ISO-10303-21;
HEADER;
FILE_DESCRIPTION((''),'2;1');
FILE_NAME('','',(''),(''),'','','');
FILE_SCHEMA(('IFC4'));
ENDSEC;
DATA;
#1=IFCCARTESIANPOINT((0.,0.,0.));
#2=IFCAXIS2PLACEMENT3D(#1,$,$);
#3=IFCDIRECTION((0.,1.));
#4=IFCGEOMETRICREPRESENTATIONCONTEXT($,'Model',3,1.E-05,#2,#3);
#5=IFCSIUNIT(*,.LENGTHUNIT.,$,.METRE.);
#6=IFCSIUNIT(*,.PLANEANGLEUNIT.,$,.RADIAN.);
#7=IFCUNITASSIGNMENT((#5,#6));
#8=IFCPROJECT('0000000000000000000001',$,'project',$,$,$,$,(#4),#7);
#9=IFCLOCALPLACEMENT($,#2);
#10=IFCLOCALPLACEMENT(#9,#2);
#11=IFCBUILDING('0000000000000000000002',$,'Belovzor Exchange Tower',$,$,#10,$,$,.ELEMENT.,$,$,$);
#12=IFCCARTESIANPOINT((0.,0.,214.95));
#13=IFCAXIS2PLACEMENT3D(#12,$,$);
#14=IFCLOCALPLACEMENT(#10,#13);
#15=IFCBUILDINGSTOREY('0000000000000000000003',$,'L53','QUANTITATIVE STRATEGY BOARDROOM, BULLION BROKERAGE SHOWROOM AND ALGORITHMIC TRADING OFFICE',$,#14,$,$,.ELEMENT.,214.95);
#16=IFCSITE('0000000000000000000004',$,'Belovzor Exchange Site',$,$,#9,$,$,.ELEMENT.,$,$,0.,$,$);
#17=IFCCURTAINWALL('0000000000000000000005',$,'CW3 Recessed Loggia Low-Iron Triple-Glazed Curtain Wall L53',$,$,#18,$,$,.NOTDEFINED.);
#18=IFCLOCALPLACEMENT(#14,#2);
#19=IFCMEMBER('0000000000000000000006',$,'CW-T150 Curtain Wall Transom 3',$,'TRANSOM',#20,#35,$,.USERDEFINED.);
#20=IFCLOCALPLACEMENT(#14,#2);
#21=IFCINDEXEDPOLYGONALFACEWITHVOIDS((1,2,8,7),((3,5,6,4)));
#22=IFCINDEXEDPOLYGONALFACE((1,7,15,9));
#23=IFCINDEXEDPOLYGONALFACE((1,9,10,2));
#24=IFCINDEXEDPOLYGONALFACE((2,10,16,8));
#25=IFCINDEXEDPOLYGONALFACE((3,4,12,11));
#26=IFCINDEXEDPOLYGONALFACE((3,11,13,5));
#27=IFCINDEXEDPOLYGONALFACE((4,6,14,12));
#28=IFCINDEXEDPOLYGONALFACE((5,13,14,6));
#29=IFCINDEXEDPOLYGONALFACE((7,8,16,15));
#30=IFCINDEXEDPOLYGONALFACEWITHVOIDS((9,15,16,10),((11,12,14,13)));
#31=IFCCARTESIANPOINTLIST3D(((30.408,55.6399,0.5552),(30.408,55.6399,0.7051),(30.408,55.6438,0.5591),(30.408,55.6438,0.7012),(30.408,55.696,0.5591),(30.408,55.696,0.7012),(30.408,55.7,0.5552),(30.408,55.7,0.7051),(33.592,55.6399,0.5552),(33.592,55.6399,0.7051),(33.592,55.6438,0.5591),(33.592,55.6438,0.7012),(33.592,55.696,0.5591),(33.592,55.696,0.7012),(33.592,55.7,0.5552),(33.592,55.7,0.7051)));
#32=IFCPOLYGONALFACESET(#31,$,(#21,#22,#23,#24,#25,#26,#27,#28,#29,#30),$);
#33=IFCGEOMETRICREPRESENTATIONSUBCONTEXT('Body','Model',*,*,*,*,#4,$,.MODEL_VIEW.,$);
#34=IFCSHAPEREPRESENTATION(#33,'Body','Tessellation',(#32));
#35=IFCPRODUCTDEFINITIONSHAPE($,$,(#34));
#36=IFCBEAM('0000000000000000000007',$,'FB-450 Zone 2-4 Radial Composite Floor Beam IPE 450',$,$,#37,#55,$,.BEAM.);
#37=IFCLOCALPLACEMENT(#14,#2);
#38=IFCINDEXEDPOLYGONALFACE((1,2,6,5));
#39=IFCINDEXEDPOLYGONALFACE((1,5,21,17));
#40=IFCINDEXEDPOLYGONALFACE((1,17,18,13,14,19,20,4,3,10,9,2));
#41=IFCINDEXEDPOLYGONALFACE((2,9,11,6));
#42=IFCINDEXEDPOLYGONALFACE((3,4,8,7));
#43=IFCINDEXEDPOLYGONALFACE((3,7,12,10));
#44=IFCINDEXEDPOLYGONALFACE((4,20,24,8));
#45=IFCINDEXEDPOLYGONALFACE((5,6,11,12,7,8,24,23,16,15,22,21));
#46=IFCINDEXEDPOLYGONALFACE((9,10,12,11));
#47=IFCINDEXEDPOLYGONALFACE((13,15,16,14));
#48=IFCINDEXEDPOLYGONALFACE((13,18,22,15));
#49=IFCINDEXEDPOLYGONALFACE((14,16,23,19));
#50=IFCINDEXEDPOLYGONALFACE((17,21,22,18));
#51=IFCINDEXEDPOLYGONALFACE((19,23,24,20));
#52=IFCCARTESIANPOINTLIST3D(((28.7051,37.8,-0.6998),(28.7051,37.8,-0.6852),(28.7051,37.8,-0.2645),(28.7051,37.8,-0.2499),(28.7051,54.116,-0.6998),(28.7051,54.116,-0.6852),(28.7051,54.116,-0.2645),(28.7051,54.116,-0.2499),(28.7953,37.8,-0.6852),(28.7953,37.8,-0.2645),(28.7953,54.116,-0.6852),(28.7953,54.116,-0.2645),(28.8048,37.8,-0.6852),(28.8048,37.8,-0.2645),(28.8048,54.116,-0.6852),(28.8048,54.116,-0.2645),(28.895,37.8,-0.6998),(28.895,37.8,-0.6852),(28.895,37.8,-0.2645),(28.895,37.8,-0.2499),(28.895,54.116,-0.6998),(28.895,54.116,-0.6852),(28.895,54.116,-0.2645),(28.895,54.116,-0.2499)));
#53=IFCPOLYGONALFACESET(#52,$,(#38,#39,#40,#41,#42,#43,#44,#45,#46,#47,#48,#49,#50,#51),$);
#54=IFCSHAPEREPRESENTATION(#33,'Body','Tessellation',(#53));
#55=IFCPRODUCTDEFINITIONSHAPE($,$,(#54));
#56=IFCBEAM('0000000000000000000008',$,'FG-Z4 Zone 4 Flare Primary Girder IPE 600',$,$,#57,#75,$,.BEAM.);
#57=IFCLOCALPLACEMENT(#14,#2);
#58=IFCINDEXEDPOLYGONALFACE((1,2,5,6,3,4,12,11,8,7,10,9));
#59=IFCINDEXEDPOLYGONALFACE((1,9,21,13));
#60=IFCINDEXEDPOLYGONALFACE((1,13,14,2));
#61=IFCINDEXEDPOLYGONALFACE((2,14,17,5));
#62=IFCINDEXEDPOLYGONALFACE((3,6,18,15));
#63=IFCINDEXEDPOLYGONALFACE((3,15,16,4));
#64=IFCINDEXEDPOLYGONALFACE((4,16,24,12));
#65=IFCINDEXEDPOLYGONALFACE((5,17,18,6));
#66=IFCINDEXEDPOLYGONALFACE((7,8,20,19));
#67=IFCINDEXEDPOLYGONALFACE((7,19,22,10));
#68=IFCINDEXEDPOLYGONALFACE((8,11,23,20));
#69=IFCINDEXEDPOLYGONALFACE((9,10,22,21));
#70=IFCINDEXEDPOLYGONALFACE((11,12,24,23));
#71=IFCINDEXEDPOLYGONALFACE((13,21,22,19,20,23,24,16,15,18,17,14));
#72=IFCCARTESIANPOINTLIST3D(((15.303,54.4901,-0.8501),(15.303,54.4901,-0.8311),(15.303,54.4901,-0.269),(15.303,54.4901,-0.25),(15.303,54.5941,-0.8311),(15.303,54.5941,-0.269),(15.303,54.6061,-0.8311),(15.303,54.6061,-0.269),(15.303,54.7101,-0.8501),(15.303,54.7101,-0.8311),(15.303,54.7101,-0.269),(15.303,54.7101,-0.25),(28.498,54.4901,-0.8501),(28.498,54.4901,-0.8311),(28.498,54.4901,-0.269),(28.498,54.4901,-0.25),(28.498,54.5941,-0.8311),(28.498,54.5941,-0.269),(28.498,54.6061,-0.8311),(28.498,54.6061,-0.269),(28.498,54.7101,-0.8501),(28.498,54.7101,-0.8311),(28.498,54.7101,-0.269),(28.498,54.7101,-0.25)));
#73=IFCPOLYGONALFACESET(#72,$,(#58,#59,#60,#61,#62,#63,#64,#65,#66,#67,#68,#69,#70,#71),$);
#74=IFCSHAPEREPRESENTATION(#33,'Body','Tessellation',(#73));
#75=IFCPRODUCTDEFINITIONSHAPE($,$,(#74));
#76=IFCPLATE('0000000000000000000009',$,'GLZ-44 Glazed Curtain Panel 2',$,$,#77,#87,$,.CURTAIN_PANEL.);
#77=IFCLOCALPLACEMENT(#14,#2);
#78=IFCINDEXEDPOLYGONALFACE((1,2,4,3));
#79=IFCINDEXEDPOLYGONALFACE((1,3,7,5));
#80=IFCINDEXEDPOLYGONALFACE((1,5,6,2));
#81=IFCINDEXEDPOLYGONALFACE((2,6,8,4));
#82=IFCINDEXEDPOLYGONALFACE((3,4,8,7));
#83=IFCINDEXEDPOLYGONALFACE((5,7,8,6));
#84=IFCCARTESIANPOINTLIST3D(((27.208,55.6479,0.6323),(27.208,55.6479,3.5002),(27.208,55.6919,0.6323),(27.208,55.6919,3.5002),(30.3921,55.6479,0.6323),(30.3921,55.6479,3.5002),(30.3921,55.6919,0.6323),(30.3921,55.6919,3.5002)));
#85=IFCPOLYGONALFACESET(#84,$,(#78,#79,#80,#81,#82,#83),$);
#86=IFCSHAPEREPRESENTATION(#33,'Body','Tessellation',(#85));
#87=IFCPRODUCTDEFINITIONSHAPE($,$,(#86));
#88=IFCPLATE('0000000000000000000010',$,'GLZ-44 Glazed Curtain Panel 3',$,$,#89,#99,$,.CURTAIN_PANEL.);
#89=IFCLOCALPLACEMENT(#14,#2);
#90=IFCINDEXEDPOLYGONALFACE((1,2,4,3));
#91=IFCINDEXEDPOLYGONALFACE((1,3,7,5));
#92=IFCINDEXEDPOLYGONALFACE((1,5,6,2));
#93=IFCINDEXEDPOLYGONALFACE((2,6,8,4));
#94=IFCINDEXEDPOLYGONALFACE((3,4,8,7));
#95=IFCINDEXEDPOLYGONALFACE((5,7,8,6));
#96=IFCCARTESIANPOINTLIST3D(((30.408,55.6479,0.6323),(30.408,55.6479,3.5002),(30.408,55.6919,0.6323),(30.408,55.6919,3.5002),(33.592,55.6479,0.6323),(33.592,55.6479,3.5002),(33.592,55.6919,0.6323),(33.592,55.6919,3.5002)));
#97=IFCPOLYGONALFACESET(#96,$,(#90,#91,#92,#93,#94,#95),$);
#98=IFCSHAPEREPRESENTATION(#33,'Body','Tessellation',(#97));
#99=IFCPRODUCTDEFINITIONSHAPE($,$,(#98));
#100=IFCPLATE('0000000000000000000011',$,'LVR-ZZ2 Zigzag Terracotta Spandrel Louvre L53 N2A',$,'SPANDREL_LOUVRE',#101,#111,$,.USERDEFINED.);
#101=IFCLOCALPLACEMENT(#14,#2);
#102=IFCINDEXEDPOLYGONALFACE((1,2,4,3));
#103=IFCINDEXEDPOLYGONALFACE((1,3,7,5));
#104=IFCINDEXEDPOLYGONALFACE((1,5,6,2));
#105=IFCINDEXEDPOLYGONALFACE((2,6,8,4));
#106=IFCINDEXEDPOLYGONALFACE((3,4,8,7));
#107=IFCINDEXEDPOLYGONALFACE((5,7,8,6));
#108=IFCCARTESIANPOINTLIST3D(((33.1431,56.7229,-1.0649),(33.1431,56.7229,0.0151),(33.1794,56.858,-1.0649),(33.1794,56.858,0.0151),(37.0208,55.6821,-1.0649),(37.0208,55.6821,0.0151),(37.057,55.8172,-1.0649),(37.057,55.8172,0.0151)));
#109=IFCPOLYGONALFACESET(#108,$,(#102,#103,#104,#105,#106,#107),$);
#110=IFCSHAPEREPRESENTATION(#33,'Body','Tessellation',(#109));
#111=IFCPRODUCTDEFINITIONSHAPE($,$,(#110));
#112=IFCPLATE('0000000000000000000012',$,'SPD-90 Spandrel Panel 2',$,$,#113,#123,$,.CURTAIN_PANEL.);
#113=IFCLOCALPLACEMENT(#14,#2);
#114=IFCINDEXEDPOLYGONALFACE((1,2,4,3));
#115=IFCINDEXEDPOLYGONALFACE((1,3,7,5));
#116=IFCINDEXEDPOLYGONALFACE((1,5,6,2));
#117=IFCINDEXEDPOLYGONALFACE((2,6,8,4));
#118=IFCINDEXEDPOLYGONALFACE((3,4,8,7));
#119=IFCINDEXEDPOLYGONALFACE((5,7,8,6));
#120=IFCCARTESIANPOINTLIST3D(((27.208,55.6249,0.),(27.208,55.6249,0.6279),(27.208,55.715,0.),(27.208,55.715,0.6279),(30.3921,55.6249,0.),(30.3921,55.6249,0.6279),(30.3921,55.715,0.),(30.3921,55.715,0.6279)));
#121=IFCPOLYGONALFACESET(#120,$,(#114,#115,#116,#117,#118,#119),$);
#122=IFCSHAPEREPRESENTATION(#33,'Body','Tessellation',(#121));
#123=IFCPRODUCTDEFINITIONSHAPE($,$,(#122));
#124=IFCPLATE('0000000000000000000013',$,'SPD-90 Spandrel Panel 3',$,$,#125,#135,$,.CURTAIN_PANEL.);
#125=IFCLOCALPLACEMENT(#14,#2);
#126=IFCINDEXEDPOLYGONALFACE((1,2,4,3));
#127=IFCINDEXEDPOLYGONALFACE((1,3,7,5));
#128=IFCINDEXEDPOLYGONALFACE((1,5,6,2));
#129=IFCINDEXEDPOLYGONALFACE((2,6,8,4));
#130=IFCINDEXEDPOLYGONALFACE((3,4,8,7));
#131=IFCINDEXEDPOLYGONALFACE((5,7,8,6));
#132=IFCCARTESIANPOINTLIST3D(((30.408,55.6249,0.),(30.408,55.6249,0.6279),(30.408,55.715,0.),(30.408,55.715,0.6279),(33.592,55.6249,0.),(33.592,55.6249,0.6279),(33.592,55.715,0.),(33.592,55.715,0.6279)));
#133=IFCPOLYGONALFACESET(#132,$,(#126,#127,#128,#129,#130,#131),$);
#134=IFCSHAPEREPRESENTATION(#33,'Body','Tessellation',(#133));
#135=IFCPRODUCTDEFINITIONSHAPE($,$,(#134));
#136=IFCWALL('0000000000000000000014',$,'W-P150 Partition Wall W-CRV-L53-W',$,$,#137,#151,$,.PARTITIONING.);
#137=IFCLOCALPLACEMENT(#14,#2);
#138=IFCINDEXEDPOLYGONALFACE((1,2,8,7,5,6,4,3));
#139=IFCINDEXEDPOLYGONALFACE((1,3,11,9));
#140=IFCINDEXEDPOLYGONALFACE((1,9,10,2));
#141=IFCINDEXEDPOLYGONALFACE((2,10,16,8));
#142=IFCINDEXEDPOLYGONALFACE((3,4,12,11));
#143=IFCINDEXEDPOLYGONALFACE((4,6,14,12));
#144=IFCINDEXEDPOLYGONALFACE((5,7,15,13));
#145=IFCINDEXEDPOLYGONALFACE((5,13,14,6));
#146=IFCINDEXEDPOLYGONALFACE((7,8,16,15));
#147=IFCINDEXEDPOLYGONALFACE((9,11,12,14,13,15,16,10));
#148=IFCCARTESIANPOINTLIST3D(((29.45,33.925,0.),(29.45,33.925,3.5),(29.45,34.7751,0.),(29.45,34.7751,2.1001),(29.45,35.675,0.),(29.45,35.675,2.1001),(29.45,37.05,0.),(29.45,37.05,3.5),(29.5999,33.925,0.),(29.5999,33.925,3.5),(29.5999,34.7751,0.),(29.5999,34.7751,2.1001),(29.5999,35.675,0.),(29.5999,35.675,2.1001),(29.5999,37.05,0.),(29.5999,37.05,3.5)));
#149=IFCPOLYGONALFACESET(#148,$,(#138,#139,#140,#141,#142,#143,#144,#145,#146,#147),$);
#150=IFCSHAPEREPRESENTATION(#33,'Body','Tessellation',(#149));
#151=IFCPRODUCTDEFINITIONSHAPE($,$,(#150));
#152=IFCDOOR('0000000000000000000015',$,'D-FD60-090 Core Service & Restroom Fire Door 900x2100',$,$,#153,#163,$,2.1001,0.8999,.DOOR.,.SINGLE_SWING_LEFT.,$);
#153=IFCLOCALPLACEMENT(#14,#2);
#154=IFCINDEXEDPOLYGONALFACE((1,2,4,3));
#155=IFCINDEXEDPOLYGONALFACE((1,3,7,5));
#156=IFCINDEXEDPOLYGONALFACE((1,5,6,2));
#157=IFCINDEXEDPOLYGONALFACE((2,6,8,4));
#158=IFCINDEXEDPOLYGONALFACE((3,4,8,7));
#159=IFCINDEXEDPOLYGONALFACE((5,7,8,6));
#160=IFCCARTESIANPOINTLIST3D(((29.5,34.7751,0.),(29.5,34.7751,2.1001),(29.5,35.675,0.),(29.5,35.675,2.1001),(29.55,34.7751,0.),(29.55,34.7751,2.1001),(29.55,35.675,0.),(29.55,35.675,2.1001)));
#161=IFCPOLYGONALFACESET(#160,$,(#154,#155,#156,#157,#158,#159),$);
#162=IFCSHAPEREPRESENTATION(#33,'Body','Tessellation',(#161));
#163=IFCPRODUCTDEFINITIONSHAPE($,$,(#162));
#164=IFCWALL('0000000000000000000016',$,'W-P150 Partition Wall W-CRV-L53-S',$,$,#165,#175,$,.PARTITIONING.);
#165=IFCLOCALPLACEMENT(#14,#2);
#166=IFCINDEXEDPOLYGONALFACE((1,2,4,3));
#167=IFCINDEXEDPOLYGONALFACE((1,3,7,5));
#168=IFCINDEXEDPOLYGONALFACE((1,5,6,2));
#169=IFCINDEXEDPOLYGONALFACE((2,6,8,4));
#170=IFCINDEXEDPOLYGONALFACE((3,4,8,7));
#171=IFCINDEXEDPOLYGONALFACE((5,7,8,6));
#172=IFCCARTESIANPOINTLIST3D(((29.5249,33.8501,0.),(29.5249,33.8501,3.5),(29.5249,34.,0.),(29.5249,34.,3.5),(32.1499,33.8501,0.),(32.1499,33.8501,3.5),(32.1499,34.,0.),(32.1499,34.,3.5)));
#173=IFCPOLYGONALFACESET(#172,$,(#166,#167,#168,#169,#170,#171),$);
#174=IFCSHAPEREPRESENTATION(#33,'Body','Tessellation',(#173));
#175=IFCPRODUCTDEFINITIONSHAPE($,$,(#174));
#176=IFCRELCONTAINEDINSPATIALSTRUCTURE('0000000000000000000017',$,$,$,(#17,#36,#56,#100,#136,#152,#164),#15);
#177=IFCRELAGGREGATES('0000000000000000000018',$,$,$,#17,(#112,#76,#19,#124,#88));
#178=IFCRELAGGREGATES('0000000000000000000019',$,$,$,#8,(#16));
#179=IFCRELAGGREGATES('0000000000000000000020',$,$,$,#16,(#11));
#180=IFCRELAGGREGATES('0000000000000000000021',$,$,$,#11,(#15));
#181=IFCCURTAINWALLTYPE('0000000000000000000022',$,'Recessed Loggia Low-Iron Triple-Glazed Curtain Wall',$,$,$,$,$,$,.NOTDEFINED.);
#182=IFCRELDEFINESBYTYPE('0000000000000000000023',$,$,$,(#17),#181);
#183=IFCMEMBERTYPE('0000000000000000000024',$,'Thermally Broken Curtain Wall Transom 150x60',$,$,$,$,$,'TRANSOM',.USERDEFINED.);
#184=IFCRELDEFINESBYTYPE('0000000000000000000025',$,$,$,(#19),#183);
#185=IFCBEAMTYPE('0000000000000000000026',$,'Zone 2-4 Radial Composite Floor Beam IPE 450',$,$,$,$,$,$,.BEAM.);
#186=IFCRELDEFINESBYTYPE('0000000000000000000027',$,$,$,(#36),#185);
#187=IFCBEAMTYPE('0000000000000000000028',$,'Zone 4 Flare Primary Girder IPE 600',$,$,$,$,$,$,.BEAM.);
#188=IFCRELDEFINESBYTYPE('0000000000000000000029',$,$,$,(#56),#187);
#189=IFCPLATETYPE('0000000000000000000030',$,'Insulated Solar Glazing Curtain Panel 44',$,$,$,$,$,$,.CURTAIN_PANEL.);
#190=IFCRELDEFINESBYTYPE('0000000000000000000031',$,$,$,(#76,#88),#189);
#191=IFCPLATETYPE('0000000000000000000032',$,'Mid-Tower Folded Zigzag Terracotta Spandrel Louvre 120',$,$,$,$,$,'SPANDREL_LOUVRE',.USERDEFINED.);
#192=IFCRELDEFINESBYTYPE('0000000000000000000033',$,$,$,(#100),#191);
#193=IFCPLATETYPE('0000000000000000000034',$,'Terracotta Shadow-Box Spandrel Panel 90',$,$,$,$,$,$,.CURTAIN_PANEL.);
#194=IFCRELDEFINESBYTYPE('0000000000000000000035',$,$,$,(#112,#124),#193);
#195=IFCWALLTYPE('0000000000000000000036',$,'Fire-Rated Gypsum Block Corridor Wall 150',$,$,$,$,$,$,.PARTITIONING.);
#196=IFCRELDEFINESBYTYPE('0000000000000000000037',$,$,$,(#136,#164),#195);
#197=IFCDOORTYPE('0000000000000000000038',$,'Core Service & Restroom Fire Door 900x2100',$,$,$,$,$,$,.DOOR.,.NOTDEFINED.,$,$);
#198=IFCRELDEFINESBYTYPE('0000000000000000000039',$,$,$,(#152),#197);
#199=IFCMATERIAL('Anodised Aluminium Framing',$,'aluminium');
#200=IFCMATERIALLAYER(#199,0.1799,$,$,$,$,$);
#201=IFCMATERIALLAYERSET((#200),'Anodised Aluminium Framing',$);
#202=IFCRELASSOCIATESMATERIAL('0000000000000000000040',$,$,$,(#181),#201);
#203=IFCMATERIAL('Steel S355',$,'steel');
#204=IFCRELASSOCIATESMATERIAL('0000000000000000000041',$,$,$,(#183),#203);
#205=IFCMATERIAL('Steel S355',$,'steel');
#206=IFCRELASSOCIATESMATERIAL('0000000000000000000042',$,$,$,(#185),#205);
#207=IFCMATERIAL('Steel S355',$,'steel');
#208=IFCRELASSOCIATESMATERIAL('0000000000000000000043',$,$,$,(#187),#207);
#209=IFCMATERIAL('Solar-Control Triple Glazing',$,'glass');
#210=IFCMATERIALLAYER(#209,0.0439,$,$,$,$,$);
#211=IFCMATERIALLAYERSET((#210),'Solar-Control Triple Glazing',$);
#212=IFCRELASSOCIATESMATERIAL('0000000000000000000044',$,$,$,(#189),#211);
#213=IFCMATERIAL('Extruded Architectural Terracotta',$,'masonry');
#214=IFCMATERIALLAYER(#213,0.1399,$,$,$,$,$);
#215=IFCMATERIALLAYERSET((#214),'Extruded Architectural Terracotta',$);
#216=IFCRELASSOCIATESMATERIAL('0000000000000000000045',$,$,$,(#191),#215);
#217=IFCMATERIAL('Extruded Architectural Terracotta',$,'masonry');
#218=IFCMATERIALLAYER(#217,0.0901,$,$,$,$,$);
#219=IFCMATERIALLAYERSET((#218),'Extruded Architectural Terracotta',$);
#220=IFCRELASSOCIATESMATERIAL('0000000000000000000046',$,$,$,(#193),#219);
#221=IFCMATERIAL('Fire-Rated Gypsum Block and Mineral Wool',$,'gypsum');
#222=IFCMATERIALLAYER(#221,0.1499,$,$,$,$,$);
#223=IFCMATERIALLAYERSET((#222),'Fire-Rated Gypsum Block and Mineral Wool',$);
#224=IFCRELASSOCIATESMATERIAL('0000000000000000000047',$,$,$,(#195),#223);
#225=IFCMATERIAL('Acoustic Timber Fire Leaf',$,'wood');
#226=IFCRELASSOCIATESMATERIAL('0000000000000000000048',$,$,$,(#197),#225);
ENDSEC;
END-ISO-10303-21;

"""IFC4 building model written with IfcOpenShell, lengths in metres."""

from ifc_helpers import new_model, si_unit, direction, frame, frame_2d, origin, origin_2d, place, context, subcontext, project, spatial, rectangle, hollow_rectangle, i_section, extrude, material, layer, layer_set, material_profile, profile_set, type_object, element, fill, aggregate, save


model = new_model("IFC4")

# Units and contexts
model_context = context("Model", 3, precision=1e-05, world=origin(), true_north=direction((0.0, 1.0)))
body_context = subcontext(model_context, "Body", "Model", "MODEL_VIEW")
ifc_project = project(units=[si_unit("LENGTHUNIT", "METRE"), si_unit("PLANEANGLEUNIT", "RADIAN")], contexts=[model_context])

# Site, building, storey
site_placement = place(None, origin())
site = spatial("IfcSite", under=ifc_project, at=site_placement, Name="Belovzor Exchange Site", CompositionType="ELEMENT", RefElevation=0.0)
building_placement = place(site_placement, origin())
building = spatial("IfcBuilding", under=site, at=building_placement, Name="Belovzor Exchange Tower", CompositionType="ELEMENT")
storey_placement = place(building_placement, frame((0.0, 0.0, 214.95)))
storey = spatial("IfcBuildingStorey", under=building, at=storey_placement, Name="L53", Description="QUANTITATIVE STRATEGY BOARDROOM, BULLION BROKERAGE SHOWROOM AND ALGORITHMIC TRADING OFFICE", CompositionType="ELEMENT", Elevation=214.95)

# Curtain wall, member
ifc_material_1 = material(Name="Anodised Aluminium Framing", Category="aluminium")
ifc_layer_1 = layer(ifc_material_1, 0.1799)
ifc_layer_set_1 = layer_set([ifc_layer_1], Name="Anodised Aluminium Framing")
curtain_wall_type = type_object("IfcCurtainWallType", Name="Recessed Loggia Low-Iron Triple-Glazed Curtain Wall", PredefinedType="NOTDEFINED", material=ifc_layer_set_1)
curtain_wall_placement = place(storey_placement, origin())
curtain_wall = element("IfcCurtainWall", 1, at=curtain_wall_placement, inside=storey, type_object=curtain_wall_type, Name="CW3 Recessed Loggia Low-Iron Triple-Glazed Curtain Wall L53", PredefinedType="NOTDEFINED")
ifc_material_2 = material(Name="Steel S355", Category="steel")
ifc_material_profile_1 = material_profile(ifc_material_2, hollow_rectangle(XDim=0.0601, YDim=0.1499, WallThickness=0.0039, at=origin_2d()))
ifc_profile_set_1 = profile_set([ifc_material_profile_1], Name="Steel S355")
member_type_1 = type_object("IfcMemberType", Name="Thermally Broken Curtain Wall Transom 150x60", ElementType="TRANSOM", PredefinedType="USERDEFINED", material=ifc_profile_set_1)
member_1_placement = place(storey_placement, frame((30.408, 55.6699, 0.6301), z_axis=(1.0, 0.0, 0.0), x_axis=(0.0, 1.0, 0.0)))
member_1 = element("IfcMember", 2, at=member_1_placement, type_object=member_type_1, Name="CW-T150 Curtain Wall Transom 3", ObjectType="TRANSOM", PredefinedType="USERDEFINED", context=body_context, shape_type="SweptSolid", body=[
    extrude(hollow_rectangle(XDim=0.0601, YDim=0.1499, WallThickness=0.0039, at=origin_2d()), origin(), (0.0, 0.0, 1.0), 3.1841),
])

# Beams
ifc_material_3 = material(Name="Steel S355", Category="steel")
ifc_material_profile_2 = material_profile(ifc_material_3, i_section(OverallWidth=0.1899, OverallDepth=0.45, WebThickness=0.0095, FlangeThickness=0.0146, at=origin_2d()))
ifc_profile_set_2 = profile_set([ifc_material_profile_2], Name="Steel S355")
beam_type_1 = type_object("IfcBeamType", Name="Zone 2-4 Radial Composite Floor Beam IPE 450", PredefinedType="BEAM", material=ifc_profile_set_2)
beam_1_placement = place(storey_placement, frame((28.8, 37.8, -0.4749), z_axis=(0.0, 1.0, 0.0), x_axis=(-1.0, 0.0, 0.0)))
element("IfcBeam", 3, at=beam_1_placement, inside=storey, type_object=beam_type_1, Name="FB-450 Zone 2-4 Radial Composite Floor Beam IPE 450", PredefinedType="BEAM", context=body_context, shape_type="SweptSolid", body=[
    extrude(i_section(OverallWidth=0.1899, OverallDepth=0.45, WebThickness=0.0095, FlangeThickness=0.0146, at=origin_2d()), origin(), (0.0, 0.0, 1.0), 16.3159),
])
ifc_material_4 = material(Name="Steel S355", Category="steel")
ifc_material_profile_3 = material_profile(ifc_material_4, i_section(OverallWidth=0.22, OverallDepth=0.6001, WebThickness=0.012, FlangeThickness=0.019, at=origin_2d()))
ifc_profile_set_3 = profile_set([ifc_material_profile_3], Name="Steel S355")
beam_type_2 = type_object("IfcBeamType", Name="Zone 4 Flare Primary Girder IPE 600", PredefinedType="BEAM", material=ifc_profile_set_3)
beam_2_placement = place(storey_placement, frame((28.498, 54.6001, -0.55), z_axis=(-1.0, 0.0, 0.0), x_axis=(0.0, -1.0, 0.0)))
element("IfcBeam", 4, at=beam_2_placement, inside=storey, type_object=beam_type_2, Name="FG-Z4 Zone 4 Flare Primary Girder IPE 600", PredefinedType="BEAM", context=body_context, shape_type="SweptSolid", body=[
    extrude(i_section(OverallWidth=0.22, OverallDepth=0.6001, WebThickness=0.012, FlangeThickness=0.019, at=origin_2d()), origin(), (0.0, 0.0, 1.0), 13.1951),
])

# Plates
ifc_material_5 = material(Name="Solar-Control Triple Glazing", Category="glass")
ifc_layer_2 = layer(ifc_material_5, 0.0439)
ifc_layer_set_2 = layer_set([ifc_layer_2], Name="Solar-Control Triple Glazing")
plate_type_1 = type_object("IfcPlateType", Name="Insulated Solar Glazing Curtain Panel 44", PredefinedType="CURTAIN_PANEL", material=ifc_layer_set_2)
plate_1_placement = place(storey_placement, frame((28.8, 55.6699, 0.6323), z_axis=(0.0, 0.0, 1.0), x_axis=(1.0, 0.0, 0.0)))
plate_1 = element("IfcPlate", 5, at=plate_1_placement, type_object=plate_type_1, Name="GLZ-44 Glazed Curtain Panel 2", PredefinedType="CURTAIN_PANEL", context=body_context, shape_type="SweptSolid", body=[
    extrude(rectangle(XDim=3.1841, YDim=0.0439, at=origin_2d()), origin(), (0.0, 0.0, 1.0), 2.8679),
])
plate_2_placement = place(storey_placement, frame((32.0, 55.6699, 0.6323), z_axis=(0.0, 0.0, 1.0), x_axis=(1.0, 0.0, 0.0)))
plate_2 = element("IfcPlate", 6, at=plate_2_placement, type_object=plate_type_1, Name="GLZ-44 Glazed Curtain Panel 3", PredefinedType="CURTAIN_PANEL", context=body_context, shape_type="SweptSolid", body=[
    extrude(rectangle(XDim=3.1841, YDim=0.0439, at=origin_2d()), origin(), (0.0, 0.0, 1.0), 2.8679),
])
ifc_material_6 = material(Name="Extruded Architectural Terracotta", Category="masonry")
ifc_layer_3 = layer(ifc_material_6, 0.1399)
ifc_layer_set_3 = layer_set([ifc_layer_3], Name="Extruded Architectural Terracotta")
plate_type_2 = type_object("IfcPlateType", Name="Mid-Tower Folded Zigzag Terracotta Spandrel Louvre 120", ElementType="SPANDREL_LOUVRE", PredefinedType="USERDEFINED", material=ifc_layer_set_3)
plate_3_placement = place(storey_placement, frame((35.1001, 56.27, -1.0649), z_axis=(0.0, 0.0, 1.0), x_axis=(0.965813, -0.25924, 0.0)))
element("IfcPlate", 7, at=plate_3_placement, inside=storey, type_object=plate_type_2, Name="LVR-ZZ2 Zigzag Terracotta Spandrel Louvre L53 N2A", ObjectType="SPANDREL_LOUVRE", PredefinedType="USERDEFINED", context=body_context, shape_type="SweptSolid", body=[
    extrude(rectangle(XDim=4.0149, YDim=0.1399, at=origin_2d()), origin(), (0.0, 0.0, 1.0), 1.0801),
])
ifc_material_7 = material(Name="Extruded Architectural Terracotta", Category="masonry")
ifc_layer_4 = layer(ifc_material_7, 0.0901)
ifc_layer_set_4 = layer_set([ifc_layer_4], Name="Extruded Architectural Terracotta")
plate_type_3 = type_object("IfcPlateType", Name="Terracotta Shadow-Box Spandrel Panel 90", PredefinedType="CURTAIN_PANEL", material=ifc_layer_set_4)
plate_4_placement = place(storey_placement, frame((28.8, 55.6699, 0.0), z_axis=(0.0, 0.0, 1.0), x_axis=(1.0, 0.0, 0.0)))
plate_4 = element("IfcPlate", 8, at=plate_4_placement, type_object=plate_type_3, Name="SPD-90 Spandrel Panel 2", PredefinedType="CURTAIN_PANEL", context=body_context, shape_type="SweptSolid", body=[
    extrude(rectangle(XDim=3.1841, YDim=0.0901, at=origin_2d()), origin(), (0.0, 0.0, 1.0), 0.6279),
])
plate_5_placement = place(storey_placement, frame((32.0, 55.6699, 0.0), z_axis=(0.0, 0.0, 1.0), x_axis=(1.0, 0.0, 0.0)))
plate_5 = element("IfcPlate", 9, at=plate_5_placement, type_object=plate_type_3, Name="SPD-90 Spandrel Panel 3", PredefinedType="CURTAIN_PANEL", context=body_context, shape_type="SweptSolid", body=[
    extrude(rectangle(XDim=3.1841, YDim=0.0901, at=origin_2d()), origin(), (0.0, 0.0, 1.0), 0.6279),
])
aggregate(curtain_wall, [plate_4, plate_1, member_1, plate_5, plate_2])

# Wall, opening, door
ifc_material_8 = material(Name="Fire-Rated Gypsum Block and Mineral Wool", Category="gypsum")
ifc_layer_5 = layer(ifc_material_8, 0.1499)
ifc_layer_set_5 = layer_set([ifc_layer_5], Name="Fire-Rated Gypsum Block and Mineral Wool")
wall_type_1 = type_object("IfcWallType", Name="Fire-Rated Gypsum Block Corridor Wall 150", PredefinedType="PARTITIONING", material=ifc_layer_set_5)
wall_1_placement = place(storey_placement, frame((29.5249, 33.925, 0.0), z_axis=(0.0, 0.0, 1.0), x_axis=(0.0, 1.0, 0.0)))
wall_1 = element("IfcWall", 10, at=wall_1_placement, inside=storey, type_object=wall_type_1, Name="W-P150 Partition Wall W-CRV-L53-W", PredefinedType="PARTITIONING", context=body_context, shape_type="SweptSolid", body=[
    extrude(rectangle(XDim=3.125, YDim=0.1499, at=frame_2d((1.5625, 0.0))), origin(), (0.0, 0.0, 1.0), 3.5),
])
opening_1_placement = place(wall_1_placement, frame((0.8501, 0.0, 0.0)))
opening_1 = element("IfcOpeningElement", 11, at=opening_1_placement, cuts=wall_1, PredefinedType="OPENING", context=body_context, shape_type="SweptSolid", body=[
    extrude(rectangle(XDim=0.8999, YDim=2.1001, at=frame_2d((0.45, 1.05))), frame((0.0, 0.085, 0.0), z_axis=(0.0, -1.0, 0.0), x_axis=(1.0, 0.0, 0.0)), (0.0, 0.0, 1.0), 0.1699),
])
ifc_material_9 = material(Name="Acoustic Timber Fire Leaf", Category="wood")
door_type = type_object("IfcDoorType", Name="Core Service & Restroom Fire Door 900x2100", OperationType="NOTDEFINED", PredefinedType="DOOR", material=ifc_material_9)
door_placement = place(opening_1_placement, origin())
door = element("IfcDoor", 12, at=door_placement, inside=storey, type_object=door_type, Name="D-FD60-090 Core Service & Restroom Fire Door 900x2100", OperationType="SINGLE_SWING_LEFT", OverallHeight=2.1001, OverallWidth=0.8999, PredefinedType="DOOR", context=body_context, shape_type="SweptSolid", body=[
    extrude(rectangle(XDim=0.8999, YDim=2.1001, at=frame_2d((0.45, 1.05))), frame((0.0, 0.0249, 0.0), z_axis=(0.0, -1.0, 0.0), x_axis=(1.0, 0.0, 0.0)), (0.0, 0.0, 1.0), 0.05),
])
fill(opening_1, door)

# Wall
wall_2_placement = place(storey_placement, frame((29.5249, 33.925, 0.0), z_axis=(0.0, 0.0, 1.0), x_axis=(1.0, 0.0, 0.0)))
element("IfcWall", 13, at=wall_2_placement, inside=storey, type_object=wall_type_1, Name="W-P150 Partition Wall W-CRV-L53-S", PredefinedType="PARTITIONING", context=body_context, shape_type="SweptSolid", body=[
    extrude(rectangle(XDim=2.625, YDim=0.1499, at=frame_2d((1.3125, 0.0))), origin(), (0.0, 0.0, 1.0), 3.5),
])

save(model, "model.ifc")
